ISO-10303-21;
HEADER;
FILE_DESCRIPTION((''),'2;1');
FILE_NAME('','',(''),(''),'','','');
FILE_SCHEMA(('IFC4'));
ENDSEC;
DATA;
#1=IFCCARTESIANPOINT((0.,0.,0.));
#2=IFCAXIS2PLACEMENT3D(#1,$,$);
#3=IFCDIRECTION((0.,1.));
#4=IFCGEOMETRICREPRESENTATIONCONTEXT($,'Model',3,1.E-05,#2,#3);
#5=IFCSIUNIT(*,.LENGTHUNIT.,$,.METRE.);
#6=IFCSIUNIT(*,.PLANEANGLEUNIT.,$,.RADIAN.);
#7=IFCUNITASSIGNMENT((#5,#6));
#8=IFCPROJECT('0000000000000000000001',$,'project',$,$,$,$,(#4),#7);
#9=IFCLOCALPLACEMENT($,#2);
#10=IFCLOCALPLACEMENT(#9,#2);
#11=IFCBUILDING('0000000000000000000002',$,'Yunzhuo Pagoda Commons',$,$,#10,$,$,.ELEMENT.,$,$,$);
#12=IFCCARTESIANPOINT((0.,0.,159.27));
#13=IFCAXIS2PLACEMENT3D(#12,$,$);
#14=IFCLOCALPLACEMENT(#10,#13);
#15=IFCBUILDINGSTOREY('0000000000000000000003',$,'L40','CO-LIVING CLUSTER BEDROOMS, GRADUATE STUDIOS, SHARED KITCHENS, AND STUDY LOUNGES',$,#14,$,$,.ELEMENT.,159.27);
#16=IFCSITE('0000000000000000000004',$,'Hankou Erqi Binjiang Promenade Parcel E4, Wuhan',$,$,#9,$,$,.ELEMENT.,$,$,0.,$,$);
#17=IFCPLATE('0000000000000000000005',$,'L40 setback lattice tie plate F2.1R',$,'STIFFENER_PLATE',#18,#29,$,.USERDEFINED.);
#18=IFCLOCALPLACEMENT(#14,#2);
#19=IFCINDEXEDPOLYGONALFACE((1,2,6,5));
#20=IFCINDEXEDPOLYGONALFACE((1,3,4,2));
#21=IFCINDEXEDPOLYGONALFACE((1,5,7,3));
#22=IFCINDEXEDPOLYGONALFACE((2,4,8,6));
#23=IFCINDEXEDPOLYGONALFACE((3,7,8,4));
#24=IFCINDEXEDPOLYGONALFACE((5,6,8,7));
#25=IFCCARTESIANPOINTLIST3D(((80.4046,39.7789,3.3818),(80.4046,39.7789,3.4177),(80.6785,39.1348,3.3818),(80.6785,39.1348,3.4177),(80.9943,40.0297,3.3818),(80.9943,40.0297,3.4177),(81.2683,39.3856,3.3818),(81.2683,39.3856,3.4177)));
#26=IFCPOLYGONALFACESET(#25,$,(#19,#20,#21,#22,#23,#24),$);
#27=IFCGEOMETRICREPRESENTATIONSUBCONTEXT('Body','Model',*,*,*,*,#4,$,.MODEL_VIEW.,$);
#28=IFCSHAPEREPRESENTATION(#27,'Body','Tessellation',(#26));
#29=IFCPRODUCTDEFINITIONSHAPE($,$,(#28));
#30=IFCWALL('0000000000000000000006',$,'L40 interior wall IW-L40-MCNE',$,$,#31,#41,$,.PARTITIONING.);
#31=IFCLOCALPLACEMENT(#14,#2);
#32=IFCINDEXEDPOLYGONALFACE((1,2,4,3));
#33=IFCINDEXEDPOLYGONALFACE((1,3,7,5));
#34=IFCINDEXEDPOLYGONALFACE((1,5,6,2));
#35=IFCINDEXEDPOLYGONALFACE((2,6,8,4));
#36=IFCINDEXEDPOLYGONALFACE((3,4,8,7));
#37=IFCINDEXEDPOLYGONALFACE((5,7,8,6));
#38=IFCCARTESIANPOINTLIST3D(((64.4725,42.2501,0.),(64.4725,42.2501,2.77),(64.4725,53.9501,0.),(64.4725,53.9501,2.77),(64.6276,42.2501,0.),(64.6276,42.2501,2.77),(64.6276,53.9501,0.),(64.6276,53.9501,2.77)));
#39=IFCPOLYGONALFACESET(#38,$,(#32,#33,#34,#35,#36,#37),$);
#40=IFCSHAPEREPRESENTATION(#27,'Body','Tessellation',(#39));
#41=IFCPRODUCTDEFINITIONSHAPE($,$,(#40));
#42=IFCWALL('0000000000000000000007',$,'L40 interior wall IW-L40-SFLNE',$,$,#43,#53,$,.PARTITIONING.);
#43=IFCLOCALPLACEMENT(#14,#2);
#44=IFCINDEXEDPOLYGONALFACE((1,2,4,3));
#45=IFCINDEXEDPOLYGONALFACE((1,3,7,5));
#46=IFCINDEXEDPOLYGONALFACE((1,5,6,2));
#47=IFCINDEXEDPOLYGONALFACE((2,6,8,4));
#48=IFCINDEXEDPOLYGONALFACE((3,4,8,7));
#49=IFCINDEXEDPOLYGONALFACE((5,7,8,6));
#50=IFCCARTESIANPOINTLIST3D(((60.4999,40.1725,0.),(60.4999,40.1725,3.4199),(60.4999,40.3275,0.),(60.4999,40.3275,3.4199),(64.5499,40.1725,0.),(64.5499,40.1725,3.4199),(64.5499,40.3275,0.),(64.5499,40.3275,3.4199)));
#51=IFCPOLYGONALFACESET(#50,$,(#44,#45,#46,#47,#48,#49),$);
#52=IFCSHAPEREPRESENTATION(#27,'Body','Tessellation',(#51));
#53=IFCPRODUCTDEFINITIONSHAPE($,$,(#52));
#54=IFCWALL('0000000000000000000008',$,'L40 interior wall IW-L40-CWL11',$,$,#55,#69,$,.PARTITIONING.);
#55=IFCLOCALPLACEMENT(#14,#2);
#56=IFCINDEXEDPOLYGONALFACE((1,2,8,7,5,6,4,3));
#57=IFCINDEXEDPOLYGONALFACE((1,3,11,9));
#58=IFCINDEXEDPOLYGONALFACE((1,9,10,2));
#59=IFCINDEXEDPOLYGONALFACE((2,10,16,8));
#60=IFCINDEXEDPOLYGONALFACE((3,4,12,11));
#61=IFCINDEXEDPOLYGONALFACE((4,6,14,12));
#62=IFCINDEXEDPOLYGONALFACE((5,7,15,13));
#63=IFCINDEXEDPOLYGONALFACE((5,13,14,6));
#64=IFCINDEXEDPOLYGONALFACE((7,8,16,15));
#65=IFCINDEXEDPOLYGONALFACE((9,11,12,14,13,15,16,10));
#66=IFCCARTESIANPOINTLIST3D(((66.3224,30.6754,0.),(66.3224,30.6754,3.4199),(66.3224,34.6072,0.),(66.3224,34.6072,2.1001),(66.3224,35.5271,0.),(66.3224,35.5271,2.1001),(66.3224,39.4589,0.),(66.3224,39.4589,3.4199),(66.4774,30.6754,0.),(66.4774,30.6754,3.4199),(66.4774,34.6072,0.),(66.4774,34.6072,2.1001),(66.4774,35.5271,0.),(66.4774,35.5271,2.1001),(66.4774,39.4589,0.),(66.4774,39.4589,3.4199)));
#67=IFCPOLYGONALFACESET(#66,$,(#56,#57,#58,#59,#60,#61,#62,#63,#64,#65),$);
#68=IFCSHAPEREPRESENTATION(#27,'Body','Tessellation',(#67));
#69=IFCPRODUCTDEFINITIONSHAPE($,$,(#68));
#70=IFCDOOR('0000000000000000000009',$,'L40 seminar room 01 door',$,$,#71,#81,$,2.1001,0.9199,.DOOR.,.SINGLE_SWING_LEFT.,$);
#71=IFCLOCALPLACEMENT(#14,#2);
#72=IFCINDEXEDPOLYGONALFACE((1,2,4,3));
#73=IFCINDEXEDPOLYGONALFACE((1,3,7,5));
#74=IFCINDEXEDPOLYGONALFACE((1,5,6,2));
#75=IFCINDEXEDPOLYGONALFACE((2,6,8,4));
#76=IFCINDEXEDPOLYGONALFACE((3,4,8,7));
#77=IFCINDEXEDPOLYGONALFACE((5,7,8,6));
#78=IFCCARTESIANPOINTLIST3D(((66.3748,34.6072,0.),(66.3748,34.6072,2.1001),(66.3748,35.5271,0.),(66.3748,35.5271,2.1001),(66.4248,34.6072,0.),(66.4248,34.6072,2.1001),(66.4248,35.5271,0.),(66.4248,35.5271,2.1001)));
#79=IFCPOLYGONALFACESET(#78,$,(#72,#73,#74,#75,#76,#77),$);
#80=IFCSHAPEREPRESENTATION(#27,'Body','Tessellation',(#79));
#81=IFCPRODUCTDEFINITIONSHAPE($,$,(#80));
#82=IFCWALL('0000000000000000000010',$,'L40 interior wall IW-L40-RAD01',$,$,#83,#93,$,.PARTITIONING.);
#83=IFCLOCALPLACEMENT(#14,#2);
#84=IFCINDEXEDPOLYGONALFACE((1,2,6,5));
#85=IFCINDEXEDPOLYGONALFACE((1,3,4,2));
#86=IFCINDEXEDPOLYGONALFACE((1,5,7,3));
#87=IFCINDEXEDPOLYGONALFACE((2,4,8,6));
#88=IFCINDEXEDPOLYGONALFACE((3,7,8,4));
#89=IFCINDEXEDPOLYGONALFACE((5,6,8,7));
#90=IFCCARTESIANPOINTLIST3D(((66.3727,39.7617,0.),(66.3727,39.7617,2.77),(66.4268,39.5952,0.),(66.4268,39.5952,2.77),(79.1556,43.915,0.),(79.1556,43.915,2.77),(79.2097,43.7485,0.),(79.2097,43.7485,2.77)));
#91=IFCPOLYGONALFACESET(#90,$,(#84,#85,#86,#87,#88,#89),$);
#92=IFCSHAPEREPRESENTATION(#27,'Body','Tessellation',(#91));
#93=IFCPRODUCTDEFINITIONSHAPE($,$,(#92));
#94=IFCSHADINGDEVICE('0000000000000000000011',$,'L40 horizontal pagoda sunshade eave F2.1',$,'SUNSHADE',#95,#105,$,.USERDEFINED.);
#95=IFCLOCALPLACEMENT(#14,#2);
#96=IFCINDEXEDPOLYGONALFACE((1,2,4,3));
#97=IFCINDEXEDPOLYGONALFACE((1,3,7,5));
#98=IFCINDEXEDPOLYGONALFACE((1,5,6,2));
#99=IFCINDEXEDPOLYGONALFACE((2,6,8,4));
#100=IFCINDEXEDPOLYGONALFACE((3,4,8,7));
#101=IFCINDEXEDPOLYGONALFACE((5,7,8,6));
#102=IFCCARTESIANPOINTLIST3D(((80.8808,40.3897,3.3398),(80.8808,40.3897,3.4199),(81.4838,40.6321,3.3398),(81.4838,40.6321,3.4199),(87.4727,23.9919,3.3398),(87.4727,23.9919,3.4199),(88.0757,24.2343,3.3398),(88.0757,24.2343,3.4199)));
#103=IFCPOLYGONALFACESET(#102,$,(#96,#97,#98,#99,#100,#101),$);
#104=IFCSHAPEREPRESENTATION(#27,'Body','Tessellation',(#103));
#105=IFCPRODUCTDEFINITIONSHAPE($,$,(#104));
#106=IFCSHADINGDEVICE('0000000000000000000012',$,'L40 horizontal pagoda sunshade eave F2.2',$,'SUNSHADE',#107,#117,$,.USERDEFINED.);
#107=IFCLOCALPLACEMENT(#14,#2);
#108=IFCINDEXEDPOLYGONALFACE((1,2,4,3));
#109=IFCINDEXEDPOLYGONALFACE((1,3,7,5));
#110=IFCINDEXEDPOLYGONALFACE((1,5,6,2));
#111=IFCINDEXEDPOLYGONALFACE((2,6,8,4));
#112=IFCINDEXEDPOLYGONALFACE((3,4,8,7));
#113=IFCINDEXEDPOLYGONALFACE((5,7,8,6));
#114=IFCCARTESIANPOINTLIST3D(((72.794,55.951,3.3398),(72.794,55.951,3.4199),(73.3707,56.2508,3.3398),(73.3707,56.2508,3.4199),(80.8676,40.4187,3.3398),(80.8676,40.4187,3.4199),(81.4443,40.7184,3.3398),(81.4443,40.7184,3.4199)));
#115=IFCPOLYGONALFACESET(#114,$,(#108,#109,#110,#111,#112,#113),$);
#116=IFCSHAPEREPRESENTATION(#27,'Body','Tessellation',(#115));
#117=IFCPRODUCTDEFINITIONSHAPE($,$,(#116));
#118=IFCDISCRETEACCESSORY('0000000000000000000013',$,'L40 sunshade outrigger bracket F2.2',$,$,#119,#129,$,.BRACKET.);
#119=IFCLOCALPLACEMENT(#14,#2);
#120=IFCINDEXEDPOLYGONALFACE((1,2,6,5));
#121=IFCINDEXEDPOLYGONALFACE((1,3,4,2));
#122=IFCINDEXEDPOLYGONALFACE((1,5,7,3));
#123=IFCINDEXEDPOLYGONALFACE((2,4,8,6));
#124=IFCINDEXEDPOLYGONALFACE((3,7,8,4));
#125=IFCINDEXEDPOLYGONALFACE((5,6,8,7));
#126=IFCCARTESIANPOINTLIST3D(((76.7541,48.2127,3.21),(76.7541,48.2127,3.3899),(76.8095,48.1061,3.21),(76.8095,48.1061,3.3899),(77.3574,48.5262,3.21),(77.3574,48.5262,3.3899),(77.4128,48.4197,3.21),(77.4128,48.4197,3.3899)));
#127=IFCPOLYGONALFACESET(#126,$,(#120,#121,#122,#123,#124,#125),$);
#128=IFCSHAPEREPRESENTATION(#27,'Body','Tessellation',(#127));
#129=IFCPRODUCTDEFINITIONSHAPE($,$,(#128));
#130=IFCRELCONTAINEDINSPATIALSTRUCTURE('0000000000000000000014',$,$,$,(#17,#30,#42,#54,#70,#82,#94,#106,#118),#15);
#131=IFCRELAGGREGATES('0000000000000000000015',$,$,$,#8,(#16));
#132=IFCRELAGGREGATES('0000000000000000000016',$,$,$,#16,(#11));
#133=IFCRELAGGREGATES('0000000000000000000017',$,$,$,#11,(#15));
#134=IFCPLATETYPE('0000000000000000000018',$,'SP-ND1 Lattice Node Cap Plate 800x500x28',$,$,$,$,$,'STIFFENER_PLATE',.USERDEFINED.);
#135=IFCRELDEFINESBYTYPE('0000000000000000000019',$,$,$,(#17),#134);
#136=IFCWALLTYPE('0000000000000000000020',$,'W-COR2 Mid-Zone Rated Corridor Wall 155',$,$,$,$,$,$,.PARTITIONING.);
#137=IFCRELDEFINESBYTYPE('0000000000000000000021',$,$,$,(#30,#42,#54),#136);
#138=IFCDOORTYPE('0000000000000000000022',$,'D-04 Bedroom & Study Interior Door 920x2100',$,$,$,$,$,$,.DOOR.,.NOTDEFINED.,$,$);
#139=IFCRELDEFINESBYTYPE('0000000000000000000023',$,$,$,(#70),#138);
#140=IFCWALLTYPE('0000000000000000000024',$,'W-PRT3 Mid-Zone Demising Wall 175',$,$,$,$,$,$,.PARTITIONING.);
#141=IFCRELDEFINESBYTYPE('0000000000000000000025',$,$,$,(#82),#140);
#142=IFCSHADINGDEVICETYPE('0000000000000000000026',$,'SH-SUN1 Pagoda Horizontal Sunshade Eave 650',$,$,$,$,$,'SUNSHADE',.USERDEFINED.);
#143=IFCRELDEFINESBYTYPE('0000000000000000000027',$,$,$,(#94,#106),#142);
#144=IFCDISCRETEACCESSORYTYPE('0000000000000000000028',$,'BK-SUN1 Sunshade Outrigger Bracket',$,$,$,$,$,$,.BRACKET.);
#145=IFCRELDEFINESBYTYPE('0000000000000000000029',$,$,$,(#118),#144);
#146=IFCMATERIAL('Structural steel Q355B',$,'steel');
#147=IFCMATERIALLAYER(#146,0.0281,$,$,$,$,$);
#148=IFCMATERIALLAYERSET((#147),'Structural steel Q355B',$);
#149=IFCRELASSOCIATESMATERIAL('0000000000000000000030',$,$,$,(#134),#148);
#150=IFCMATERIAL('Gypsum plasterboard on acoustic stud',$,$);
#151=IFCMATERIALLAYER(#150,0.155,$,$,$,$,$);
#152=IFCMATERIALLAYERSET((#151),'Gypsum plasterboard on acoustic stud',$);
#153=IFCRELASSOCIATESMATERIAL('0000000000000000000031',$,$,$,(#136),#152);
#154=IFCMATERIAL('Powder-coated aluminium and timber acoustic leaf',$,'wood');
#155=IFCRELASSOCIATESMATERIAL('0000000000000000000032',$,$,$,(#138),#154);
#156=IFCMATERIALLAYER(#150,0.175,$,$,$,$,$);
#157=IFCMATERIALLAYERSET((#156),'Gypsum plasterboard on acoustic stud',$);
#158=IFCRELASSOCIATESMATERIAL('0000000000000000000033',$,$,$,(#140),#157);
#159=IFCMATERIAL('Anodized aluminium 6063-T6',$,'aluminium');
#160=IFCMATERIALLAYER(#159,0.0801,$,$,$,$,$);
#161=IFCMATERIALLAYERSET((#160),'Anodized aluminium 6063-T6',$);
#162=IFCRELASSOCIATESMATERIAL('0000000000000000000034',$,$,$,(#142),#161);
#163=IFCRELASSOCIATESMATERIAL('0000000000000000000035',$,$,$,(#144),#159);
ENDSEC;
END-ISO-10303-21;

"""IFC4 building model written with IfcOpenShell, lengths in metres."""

from ifc_helpers import new_model, si_unit, direction, frame, frame_2d, origin, origin_with_axes, origin_2d, place, context, subcontext, project, spatial, rectangle, extrude, source, transform, mapped, material, layer, layer_set, type_object, element, fill, save


model = new_model("IFC4")

# Units and contexts
model_context = context("Model", 3, precision=1e-05, world=origin(), true_north=direction((0.0, 1.0)))
body_context = subcontext(model_context, "Body", "Model", "MODEL_VIEW")
ifc_project = project(units=[si_unit("LENGTHUNIT", "METRE"), si_unit("PLANEANGLEUNIT", "RADIAN")], contexts=[model_context])

# Site, building, storey
site_placement = place(None, origin())
site = spatial("IfcSite", under=ifc_project, at=site_placement, Name="Hankou Erqi Binjiang Promenade Parcel E4, Wuhan", CompositionType="ELEMENT", RefElevation=0.0)
building_placement = place(site_placement, origin())
building = spatial("IfcBuilding", under=site, at=building_placement, Name="Yunzhuo Pagoda Commons", CompositionType="ELEMENT")
storey_placement = place(building_placement, frame((0.0, 0.0, 159.27)))
storey = spatial("IfcBuildingStorey", under=building, at=storey_placement, Name="L40", Description="CO-LIVING CLUSTER BEDROOMS, GRADUATE STUDIOS, SHARED KITCHENS, AND STUDY LOUNGES", CompositionType="ELEMENT", Elevation=159.27)

# Shared definitions
ifc_material_1 = material(Name="Structural steel Q355B", Category="steel")

# Shared definitions
ifc_material_2 = material(Name="Anodized aluminium 6063-T6", Category="aluminium")

# Plate
ifc_layer_1 = layer(ifc_material_1, 0.0281)
ifc_layer_set_1 = layer_set([ifc_layer_1], Name="Structural steel Q355B")
plate_type_1 = type_object("IfcPlateType", Name="SP-ND1 Lattice Node Cap Plate 800x500x28", ElementType="STIFFENER_PLATE", PredefinedType="USERDEFINED", material=ifc_layer_set_1)
shared_shape_1 = source(origin(), body_context, "Body", "SweptSolid", [
    extrude(rectangle(XDim=0.7, YDim=0.6409, at=origin_2d()), origin(), (0.0, 0.0, 1.0), 0.0359),
])
plate_1_placement = place(storey_placement, frame((80.8364, 39.5823, 3.3818), z_axis=(0.0, 0.0, 1.0), x_axis=(-0.391406, 0.920218, 0.0)))
element("IfcPlate", 1, at=plate_1_placement, inside=storey, type_object=plate_type_1, Name="L40 setback lattice tie plate F2.1R", ObjectType="STIFFENER_PLATE", PredefinedType="USERDEFINED", context=body_context, shape_type="MappedRepresentation", body=[
    mapped(shared_shape_1, transform((0.0, 0.0, 0.0), scale=1.0)),
])

# Walls
ifc_material_3 = material(Name="Gypsum plasterboard on acoustic stud")
ifc_layer_2 = layer(ifc_material_3, 0.155)
ifc_layer_set_2 = layer_set([ifc_layer_2], Name="Gypsum plasterboard on acoustic stud")
wall_type_1 = type_object("IfcWallType", Name="W-COR2 Mid-Zone Rated Corridor Wall 155", PredefinedType="PARTITIONING", material=ifc_layer_set_2)
wall_1_placement = place(storey_placement, frame((64.55, 42.25, 0.0), z_axis=(0.0, 0.0, 1.0), x_axis=(0.0, 1.0, 0.0)))
element("IfcWall", 2, at=wall_1_placement, inside=storey, type_object=wall_type_1, Name="L40 interior wall IW-L40-MCNE", PredefinedType="PARTITIONING", context=body_context, shape_type="SweptSolid", body=[
    extrude(rectangle(XDim=11.7, YDim=0.155, at=frame_2d((5.8501, 0.0))), origin(), (0.0, 0.0, 1.0), 2.77),
])
wall_2_placement = place(storey_placement, frame((60.5, 40.25, 0.0), z_axis=(0.0, 0.0, 1.0), x_axis=(1.0, 0.0, 0.0)))
element("IfcWall", 3, at=wall_2_placement, inside=storey, type_object=wall_type_1, Name="L40 interior wall IW-L40-SFLNE", PredefinedType="PARTITIONING", context=body_context, shape_type="SweptSolid", body=[
    extrude(rectangle(XDim=4.05, YDim=0.155, at=frame_2d((2.0249, 0.0))), origin(), (0.0, 0.0, 1.0), 3.4199),
])

# Wall, opening, door
wall_3_placement = place(storey_placement, frame((66.3999, 39.4587, 0.0), z_axis=(0.0, 0.0, 1.0), x_axis=(0.0, -1.0, 0.0)))
wall_3 = element("IfcWall", 4, at=wall_3_placement, inside=storey, type_object=wall_type_1, Name="L40 interior wall IW-L40-CWL11", PredefinedType="PARTITIONING", context=body_context, shape_type="SweptSolid", body=[
    extrude(rectangle(XDim=8.7834, YDim=0.155, at=frame_2d((4.3916, 0.0))), origin(), (0.0, 0.0, 1.0), 3.4199),
])
opening_placement = place(wall_3_placement, frame((3.9316, 0.0, 0.0)))
opening = element("IfcOpeningElement", 5, at=opening_placement, cuts=wall_3, PredefinedType="OPENING", context=body_context, shape_type="SweptSolid", body=[
    extrude(rectangle(XDim=0.9199, YDim=2.1001, at=frame_2d((0.46, 1.05))), frame((0.0, 0.0874, 0.0), z_axis=(0.0, -1.0, 0.0), x_axis=(1.0, 0.0, 0.0)), (0.0, 0.0, 1.0), 0.175),
])
ifc_material_4 = material(Name="Powder-coated aluminium and timber acoustic leaf", Category="wood")
door_type = type_object("IfcDoorType", Name="D-04 Bedroom & Study Interior Door 920x2100", OperationType="NOTDEFINED", PredefinedType="DOOR", material=ifc_material_4)
shared_shape_2 = source(origin(), body_context, "Body", "SweptSolid", [
    extrude(rectangle(XDim=0.9199, YDim=2.1001, at=frame_2d((0.46, 1.05))), frame((0.0, 0.0249, 0.0), z_axis=(0.0, -1.0, 0.0), x_axis=(1.0, 0.0, 0.0)), (0.0, 0.0, 1.0), 0.05),
])
door_placement = place(opening_placement, origin_with_axes())
door = element("IfcDoor", 6, at=door_placement, inside=storey, type_object=door_type, Name="L40 seminar room 01 door", OperationType="SINGLE_SWING_LEFT", OverallHeight=2.1001, OverallWidth=0.9199, PredefinedType="DOOR", context=body_context, shape_type="MappedRepresentation", body=[
    mapped(shared_shape_2, transform((0.0, 0.0, 0.0), scale=1.0)),
])
fill(opening, door)

# Wall
ifc_layer_3 = layer(ifc_material_3, 0.175)
ifc_layer_set_3 = layer_set([ifc_layer_3], Name="Gypsum plasterboard on acoustic stud")
wall_type_2 = type_object("IfcWallType", Name="W-PRT3 Mid-Zone Demising Wall 175", PredefinedType="PARTITIONING", material=ifc_layer_set_3)
wall_4_placement = place(storey_placement, frame((66.3999, 39.6785, 0.0), z_axis=(0.0, 0.0, 1.0), x_axis=(0.951059, 0.309009, 0.0)))
element("IfcWall", 7, at=wall_4_placement, inside=storey, type_object=wall_type_2, Name="L40 interior wall IW-L40-RAD01", PredefinedType="PARTITIONING", context=body_context, shape_type="SweptSolid", body=[
    extrude(rectangle(XDim=13.4407, YDim=0.175, at=frame_2d((6.7202, 0.0))), origin(), (0.0, 0.0, 1.0), 2.77),
])

# Shading devices
ifc_layer_4 = layer(ifc_material_2, 0.0801)
ifc_layer_set_4 = layer_set([ifc_layer_4], Name="Anodized aluminium 6063-T6")
shading_device_type = type_object("IfcShadingDeviceType", Name="SH-SUN1 Pagoda Horizontal Sunshade Eave 650", ElementType="SUNSHADE", PredefinedType="USERDEFINED", material=ifc_layer_set_4)
shared_shape_3 = source(origin(), body_context, "Body", "SweptSolid", [
    extrude(rectangle(XDim=17.6731, YDim=0.6499, at=origin_2d()), origin(), (0.0, 0.0, 1.0), 0.0801),
])
shading_device_1_placement = place(storey_placement, frame((84.4783, 32.312, 3.3398), z_axis=(0.0, 0.0, 1.0), x_axis=(-0.372988, 0.927836, 0.0)))
element("IfcShadingDevice", 8, at=shading_device_1_placement, inside=storey, type_object=shading_device_type, Name="L40 horizontal pagoda sunshade eave F2.1", ObjectType="SUNSHADE", PredefinedType="USERDEFINED", context=body_context, shape_type="MappedRepresentation", body=[
    mapped(shared_shape_3, transform((0.0, 0.0, 0.0), scale=1.0)),
])
shared_shape_4 = source(origin(), body_context, "Body", "SweptSolid", [
    extrude(rectangle(XDim=17.5054, YDim=0.6499, at=origin_2d()), origin(), (0.0, 0.0, 1.0), 0.0801),
])
shading_device_2_placement = place(storey_placement, frame((77.1191, 48.3347, 3.3398), z_axis=(0.0, 0.0, 1.0), x_axis=(-0.461207, 0.887293, 0.0)))
element("IfcShadingDevice", 9, at=shading_device_2_placement, inside=storey, type_object=shading_device_type, Name="L40 horizontal pagoda sunshade eave F2.2", ObjectType="SUNSHADE", PredefinedType="USERDEFINED", context=body_context, shape_type="MappedRepresentation", body=[
    mapped(shared_shape_4, transform((0.0, 0.0, 0.0), scale=1.0)),
])

# Discrete accessory
discrete_accessory_type = type_object("IfcDiscreteAccessoryType", Name="BK-SUN1 Sunshade Outrigger Bracket", PredefinedType="BRACKET", material=ifc_material_2)
shared_shape_5 = source(origin(), body_context, "Body", "SweptSolid", [
    extrude(rectangle(XDim=0.1201, YDim=0.6799, at=origin_2d()), origin(), (0.0, 0.0, 1.0), 0.1799),
])
discrete_accessory_placement = place(storey_placement, frame((77.0835, 48.3162, 3.21), z_axis=(0.0, 0.0, 1.0), x_axis=(-0.461207, 0.887293, 0.0)))
element("IfcDiscreteAccessory", 10, at=discrete_accessory_placement, inside=storey, type_object=discrete_accessory_type, Name="L40 sunshade outrigger bracket F2.2", PredefinedType="BRACKET", context=body_context, shape_type="MappedRepresentation", body=[
    mapped(shared_shape_5, transform((0.0, 0.0, 0.0), scale=1.0)),
])

save(model, "model.ifc")
